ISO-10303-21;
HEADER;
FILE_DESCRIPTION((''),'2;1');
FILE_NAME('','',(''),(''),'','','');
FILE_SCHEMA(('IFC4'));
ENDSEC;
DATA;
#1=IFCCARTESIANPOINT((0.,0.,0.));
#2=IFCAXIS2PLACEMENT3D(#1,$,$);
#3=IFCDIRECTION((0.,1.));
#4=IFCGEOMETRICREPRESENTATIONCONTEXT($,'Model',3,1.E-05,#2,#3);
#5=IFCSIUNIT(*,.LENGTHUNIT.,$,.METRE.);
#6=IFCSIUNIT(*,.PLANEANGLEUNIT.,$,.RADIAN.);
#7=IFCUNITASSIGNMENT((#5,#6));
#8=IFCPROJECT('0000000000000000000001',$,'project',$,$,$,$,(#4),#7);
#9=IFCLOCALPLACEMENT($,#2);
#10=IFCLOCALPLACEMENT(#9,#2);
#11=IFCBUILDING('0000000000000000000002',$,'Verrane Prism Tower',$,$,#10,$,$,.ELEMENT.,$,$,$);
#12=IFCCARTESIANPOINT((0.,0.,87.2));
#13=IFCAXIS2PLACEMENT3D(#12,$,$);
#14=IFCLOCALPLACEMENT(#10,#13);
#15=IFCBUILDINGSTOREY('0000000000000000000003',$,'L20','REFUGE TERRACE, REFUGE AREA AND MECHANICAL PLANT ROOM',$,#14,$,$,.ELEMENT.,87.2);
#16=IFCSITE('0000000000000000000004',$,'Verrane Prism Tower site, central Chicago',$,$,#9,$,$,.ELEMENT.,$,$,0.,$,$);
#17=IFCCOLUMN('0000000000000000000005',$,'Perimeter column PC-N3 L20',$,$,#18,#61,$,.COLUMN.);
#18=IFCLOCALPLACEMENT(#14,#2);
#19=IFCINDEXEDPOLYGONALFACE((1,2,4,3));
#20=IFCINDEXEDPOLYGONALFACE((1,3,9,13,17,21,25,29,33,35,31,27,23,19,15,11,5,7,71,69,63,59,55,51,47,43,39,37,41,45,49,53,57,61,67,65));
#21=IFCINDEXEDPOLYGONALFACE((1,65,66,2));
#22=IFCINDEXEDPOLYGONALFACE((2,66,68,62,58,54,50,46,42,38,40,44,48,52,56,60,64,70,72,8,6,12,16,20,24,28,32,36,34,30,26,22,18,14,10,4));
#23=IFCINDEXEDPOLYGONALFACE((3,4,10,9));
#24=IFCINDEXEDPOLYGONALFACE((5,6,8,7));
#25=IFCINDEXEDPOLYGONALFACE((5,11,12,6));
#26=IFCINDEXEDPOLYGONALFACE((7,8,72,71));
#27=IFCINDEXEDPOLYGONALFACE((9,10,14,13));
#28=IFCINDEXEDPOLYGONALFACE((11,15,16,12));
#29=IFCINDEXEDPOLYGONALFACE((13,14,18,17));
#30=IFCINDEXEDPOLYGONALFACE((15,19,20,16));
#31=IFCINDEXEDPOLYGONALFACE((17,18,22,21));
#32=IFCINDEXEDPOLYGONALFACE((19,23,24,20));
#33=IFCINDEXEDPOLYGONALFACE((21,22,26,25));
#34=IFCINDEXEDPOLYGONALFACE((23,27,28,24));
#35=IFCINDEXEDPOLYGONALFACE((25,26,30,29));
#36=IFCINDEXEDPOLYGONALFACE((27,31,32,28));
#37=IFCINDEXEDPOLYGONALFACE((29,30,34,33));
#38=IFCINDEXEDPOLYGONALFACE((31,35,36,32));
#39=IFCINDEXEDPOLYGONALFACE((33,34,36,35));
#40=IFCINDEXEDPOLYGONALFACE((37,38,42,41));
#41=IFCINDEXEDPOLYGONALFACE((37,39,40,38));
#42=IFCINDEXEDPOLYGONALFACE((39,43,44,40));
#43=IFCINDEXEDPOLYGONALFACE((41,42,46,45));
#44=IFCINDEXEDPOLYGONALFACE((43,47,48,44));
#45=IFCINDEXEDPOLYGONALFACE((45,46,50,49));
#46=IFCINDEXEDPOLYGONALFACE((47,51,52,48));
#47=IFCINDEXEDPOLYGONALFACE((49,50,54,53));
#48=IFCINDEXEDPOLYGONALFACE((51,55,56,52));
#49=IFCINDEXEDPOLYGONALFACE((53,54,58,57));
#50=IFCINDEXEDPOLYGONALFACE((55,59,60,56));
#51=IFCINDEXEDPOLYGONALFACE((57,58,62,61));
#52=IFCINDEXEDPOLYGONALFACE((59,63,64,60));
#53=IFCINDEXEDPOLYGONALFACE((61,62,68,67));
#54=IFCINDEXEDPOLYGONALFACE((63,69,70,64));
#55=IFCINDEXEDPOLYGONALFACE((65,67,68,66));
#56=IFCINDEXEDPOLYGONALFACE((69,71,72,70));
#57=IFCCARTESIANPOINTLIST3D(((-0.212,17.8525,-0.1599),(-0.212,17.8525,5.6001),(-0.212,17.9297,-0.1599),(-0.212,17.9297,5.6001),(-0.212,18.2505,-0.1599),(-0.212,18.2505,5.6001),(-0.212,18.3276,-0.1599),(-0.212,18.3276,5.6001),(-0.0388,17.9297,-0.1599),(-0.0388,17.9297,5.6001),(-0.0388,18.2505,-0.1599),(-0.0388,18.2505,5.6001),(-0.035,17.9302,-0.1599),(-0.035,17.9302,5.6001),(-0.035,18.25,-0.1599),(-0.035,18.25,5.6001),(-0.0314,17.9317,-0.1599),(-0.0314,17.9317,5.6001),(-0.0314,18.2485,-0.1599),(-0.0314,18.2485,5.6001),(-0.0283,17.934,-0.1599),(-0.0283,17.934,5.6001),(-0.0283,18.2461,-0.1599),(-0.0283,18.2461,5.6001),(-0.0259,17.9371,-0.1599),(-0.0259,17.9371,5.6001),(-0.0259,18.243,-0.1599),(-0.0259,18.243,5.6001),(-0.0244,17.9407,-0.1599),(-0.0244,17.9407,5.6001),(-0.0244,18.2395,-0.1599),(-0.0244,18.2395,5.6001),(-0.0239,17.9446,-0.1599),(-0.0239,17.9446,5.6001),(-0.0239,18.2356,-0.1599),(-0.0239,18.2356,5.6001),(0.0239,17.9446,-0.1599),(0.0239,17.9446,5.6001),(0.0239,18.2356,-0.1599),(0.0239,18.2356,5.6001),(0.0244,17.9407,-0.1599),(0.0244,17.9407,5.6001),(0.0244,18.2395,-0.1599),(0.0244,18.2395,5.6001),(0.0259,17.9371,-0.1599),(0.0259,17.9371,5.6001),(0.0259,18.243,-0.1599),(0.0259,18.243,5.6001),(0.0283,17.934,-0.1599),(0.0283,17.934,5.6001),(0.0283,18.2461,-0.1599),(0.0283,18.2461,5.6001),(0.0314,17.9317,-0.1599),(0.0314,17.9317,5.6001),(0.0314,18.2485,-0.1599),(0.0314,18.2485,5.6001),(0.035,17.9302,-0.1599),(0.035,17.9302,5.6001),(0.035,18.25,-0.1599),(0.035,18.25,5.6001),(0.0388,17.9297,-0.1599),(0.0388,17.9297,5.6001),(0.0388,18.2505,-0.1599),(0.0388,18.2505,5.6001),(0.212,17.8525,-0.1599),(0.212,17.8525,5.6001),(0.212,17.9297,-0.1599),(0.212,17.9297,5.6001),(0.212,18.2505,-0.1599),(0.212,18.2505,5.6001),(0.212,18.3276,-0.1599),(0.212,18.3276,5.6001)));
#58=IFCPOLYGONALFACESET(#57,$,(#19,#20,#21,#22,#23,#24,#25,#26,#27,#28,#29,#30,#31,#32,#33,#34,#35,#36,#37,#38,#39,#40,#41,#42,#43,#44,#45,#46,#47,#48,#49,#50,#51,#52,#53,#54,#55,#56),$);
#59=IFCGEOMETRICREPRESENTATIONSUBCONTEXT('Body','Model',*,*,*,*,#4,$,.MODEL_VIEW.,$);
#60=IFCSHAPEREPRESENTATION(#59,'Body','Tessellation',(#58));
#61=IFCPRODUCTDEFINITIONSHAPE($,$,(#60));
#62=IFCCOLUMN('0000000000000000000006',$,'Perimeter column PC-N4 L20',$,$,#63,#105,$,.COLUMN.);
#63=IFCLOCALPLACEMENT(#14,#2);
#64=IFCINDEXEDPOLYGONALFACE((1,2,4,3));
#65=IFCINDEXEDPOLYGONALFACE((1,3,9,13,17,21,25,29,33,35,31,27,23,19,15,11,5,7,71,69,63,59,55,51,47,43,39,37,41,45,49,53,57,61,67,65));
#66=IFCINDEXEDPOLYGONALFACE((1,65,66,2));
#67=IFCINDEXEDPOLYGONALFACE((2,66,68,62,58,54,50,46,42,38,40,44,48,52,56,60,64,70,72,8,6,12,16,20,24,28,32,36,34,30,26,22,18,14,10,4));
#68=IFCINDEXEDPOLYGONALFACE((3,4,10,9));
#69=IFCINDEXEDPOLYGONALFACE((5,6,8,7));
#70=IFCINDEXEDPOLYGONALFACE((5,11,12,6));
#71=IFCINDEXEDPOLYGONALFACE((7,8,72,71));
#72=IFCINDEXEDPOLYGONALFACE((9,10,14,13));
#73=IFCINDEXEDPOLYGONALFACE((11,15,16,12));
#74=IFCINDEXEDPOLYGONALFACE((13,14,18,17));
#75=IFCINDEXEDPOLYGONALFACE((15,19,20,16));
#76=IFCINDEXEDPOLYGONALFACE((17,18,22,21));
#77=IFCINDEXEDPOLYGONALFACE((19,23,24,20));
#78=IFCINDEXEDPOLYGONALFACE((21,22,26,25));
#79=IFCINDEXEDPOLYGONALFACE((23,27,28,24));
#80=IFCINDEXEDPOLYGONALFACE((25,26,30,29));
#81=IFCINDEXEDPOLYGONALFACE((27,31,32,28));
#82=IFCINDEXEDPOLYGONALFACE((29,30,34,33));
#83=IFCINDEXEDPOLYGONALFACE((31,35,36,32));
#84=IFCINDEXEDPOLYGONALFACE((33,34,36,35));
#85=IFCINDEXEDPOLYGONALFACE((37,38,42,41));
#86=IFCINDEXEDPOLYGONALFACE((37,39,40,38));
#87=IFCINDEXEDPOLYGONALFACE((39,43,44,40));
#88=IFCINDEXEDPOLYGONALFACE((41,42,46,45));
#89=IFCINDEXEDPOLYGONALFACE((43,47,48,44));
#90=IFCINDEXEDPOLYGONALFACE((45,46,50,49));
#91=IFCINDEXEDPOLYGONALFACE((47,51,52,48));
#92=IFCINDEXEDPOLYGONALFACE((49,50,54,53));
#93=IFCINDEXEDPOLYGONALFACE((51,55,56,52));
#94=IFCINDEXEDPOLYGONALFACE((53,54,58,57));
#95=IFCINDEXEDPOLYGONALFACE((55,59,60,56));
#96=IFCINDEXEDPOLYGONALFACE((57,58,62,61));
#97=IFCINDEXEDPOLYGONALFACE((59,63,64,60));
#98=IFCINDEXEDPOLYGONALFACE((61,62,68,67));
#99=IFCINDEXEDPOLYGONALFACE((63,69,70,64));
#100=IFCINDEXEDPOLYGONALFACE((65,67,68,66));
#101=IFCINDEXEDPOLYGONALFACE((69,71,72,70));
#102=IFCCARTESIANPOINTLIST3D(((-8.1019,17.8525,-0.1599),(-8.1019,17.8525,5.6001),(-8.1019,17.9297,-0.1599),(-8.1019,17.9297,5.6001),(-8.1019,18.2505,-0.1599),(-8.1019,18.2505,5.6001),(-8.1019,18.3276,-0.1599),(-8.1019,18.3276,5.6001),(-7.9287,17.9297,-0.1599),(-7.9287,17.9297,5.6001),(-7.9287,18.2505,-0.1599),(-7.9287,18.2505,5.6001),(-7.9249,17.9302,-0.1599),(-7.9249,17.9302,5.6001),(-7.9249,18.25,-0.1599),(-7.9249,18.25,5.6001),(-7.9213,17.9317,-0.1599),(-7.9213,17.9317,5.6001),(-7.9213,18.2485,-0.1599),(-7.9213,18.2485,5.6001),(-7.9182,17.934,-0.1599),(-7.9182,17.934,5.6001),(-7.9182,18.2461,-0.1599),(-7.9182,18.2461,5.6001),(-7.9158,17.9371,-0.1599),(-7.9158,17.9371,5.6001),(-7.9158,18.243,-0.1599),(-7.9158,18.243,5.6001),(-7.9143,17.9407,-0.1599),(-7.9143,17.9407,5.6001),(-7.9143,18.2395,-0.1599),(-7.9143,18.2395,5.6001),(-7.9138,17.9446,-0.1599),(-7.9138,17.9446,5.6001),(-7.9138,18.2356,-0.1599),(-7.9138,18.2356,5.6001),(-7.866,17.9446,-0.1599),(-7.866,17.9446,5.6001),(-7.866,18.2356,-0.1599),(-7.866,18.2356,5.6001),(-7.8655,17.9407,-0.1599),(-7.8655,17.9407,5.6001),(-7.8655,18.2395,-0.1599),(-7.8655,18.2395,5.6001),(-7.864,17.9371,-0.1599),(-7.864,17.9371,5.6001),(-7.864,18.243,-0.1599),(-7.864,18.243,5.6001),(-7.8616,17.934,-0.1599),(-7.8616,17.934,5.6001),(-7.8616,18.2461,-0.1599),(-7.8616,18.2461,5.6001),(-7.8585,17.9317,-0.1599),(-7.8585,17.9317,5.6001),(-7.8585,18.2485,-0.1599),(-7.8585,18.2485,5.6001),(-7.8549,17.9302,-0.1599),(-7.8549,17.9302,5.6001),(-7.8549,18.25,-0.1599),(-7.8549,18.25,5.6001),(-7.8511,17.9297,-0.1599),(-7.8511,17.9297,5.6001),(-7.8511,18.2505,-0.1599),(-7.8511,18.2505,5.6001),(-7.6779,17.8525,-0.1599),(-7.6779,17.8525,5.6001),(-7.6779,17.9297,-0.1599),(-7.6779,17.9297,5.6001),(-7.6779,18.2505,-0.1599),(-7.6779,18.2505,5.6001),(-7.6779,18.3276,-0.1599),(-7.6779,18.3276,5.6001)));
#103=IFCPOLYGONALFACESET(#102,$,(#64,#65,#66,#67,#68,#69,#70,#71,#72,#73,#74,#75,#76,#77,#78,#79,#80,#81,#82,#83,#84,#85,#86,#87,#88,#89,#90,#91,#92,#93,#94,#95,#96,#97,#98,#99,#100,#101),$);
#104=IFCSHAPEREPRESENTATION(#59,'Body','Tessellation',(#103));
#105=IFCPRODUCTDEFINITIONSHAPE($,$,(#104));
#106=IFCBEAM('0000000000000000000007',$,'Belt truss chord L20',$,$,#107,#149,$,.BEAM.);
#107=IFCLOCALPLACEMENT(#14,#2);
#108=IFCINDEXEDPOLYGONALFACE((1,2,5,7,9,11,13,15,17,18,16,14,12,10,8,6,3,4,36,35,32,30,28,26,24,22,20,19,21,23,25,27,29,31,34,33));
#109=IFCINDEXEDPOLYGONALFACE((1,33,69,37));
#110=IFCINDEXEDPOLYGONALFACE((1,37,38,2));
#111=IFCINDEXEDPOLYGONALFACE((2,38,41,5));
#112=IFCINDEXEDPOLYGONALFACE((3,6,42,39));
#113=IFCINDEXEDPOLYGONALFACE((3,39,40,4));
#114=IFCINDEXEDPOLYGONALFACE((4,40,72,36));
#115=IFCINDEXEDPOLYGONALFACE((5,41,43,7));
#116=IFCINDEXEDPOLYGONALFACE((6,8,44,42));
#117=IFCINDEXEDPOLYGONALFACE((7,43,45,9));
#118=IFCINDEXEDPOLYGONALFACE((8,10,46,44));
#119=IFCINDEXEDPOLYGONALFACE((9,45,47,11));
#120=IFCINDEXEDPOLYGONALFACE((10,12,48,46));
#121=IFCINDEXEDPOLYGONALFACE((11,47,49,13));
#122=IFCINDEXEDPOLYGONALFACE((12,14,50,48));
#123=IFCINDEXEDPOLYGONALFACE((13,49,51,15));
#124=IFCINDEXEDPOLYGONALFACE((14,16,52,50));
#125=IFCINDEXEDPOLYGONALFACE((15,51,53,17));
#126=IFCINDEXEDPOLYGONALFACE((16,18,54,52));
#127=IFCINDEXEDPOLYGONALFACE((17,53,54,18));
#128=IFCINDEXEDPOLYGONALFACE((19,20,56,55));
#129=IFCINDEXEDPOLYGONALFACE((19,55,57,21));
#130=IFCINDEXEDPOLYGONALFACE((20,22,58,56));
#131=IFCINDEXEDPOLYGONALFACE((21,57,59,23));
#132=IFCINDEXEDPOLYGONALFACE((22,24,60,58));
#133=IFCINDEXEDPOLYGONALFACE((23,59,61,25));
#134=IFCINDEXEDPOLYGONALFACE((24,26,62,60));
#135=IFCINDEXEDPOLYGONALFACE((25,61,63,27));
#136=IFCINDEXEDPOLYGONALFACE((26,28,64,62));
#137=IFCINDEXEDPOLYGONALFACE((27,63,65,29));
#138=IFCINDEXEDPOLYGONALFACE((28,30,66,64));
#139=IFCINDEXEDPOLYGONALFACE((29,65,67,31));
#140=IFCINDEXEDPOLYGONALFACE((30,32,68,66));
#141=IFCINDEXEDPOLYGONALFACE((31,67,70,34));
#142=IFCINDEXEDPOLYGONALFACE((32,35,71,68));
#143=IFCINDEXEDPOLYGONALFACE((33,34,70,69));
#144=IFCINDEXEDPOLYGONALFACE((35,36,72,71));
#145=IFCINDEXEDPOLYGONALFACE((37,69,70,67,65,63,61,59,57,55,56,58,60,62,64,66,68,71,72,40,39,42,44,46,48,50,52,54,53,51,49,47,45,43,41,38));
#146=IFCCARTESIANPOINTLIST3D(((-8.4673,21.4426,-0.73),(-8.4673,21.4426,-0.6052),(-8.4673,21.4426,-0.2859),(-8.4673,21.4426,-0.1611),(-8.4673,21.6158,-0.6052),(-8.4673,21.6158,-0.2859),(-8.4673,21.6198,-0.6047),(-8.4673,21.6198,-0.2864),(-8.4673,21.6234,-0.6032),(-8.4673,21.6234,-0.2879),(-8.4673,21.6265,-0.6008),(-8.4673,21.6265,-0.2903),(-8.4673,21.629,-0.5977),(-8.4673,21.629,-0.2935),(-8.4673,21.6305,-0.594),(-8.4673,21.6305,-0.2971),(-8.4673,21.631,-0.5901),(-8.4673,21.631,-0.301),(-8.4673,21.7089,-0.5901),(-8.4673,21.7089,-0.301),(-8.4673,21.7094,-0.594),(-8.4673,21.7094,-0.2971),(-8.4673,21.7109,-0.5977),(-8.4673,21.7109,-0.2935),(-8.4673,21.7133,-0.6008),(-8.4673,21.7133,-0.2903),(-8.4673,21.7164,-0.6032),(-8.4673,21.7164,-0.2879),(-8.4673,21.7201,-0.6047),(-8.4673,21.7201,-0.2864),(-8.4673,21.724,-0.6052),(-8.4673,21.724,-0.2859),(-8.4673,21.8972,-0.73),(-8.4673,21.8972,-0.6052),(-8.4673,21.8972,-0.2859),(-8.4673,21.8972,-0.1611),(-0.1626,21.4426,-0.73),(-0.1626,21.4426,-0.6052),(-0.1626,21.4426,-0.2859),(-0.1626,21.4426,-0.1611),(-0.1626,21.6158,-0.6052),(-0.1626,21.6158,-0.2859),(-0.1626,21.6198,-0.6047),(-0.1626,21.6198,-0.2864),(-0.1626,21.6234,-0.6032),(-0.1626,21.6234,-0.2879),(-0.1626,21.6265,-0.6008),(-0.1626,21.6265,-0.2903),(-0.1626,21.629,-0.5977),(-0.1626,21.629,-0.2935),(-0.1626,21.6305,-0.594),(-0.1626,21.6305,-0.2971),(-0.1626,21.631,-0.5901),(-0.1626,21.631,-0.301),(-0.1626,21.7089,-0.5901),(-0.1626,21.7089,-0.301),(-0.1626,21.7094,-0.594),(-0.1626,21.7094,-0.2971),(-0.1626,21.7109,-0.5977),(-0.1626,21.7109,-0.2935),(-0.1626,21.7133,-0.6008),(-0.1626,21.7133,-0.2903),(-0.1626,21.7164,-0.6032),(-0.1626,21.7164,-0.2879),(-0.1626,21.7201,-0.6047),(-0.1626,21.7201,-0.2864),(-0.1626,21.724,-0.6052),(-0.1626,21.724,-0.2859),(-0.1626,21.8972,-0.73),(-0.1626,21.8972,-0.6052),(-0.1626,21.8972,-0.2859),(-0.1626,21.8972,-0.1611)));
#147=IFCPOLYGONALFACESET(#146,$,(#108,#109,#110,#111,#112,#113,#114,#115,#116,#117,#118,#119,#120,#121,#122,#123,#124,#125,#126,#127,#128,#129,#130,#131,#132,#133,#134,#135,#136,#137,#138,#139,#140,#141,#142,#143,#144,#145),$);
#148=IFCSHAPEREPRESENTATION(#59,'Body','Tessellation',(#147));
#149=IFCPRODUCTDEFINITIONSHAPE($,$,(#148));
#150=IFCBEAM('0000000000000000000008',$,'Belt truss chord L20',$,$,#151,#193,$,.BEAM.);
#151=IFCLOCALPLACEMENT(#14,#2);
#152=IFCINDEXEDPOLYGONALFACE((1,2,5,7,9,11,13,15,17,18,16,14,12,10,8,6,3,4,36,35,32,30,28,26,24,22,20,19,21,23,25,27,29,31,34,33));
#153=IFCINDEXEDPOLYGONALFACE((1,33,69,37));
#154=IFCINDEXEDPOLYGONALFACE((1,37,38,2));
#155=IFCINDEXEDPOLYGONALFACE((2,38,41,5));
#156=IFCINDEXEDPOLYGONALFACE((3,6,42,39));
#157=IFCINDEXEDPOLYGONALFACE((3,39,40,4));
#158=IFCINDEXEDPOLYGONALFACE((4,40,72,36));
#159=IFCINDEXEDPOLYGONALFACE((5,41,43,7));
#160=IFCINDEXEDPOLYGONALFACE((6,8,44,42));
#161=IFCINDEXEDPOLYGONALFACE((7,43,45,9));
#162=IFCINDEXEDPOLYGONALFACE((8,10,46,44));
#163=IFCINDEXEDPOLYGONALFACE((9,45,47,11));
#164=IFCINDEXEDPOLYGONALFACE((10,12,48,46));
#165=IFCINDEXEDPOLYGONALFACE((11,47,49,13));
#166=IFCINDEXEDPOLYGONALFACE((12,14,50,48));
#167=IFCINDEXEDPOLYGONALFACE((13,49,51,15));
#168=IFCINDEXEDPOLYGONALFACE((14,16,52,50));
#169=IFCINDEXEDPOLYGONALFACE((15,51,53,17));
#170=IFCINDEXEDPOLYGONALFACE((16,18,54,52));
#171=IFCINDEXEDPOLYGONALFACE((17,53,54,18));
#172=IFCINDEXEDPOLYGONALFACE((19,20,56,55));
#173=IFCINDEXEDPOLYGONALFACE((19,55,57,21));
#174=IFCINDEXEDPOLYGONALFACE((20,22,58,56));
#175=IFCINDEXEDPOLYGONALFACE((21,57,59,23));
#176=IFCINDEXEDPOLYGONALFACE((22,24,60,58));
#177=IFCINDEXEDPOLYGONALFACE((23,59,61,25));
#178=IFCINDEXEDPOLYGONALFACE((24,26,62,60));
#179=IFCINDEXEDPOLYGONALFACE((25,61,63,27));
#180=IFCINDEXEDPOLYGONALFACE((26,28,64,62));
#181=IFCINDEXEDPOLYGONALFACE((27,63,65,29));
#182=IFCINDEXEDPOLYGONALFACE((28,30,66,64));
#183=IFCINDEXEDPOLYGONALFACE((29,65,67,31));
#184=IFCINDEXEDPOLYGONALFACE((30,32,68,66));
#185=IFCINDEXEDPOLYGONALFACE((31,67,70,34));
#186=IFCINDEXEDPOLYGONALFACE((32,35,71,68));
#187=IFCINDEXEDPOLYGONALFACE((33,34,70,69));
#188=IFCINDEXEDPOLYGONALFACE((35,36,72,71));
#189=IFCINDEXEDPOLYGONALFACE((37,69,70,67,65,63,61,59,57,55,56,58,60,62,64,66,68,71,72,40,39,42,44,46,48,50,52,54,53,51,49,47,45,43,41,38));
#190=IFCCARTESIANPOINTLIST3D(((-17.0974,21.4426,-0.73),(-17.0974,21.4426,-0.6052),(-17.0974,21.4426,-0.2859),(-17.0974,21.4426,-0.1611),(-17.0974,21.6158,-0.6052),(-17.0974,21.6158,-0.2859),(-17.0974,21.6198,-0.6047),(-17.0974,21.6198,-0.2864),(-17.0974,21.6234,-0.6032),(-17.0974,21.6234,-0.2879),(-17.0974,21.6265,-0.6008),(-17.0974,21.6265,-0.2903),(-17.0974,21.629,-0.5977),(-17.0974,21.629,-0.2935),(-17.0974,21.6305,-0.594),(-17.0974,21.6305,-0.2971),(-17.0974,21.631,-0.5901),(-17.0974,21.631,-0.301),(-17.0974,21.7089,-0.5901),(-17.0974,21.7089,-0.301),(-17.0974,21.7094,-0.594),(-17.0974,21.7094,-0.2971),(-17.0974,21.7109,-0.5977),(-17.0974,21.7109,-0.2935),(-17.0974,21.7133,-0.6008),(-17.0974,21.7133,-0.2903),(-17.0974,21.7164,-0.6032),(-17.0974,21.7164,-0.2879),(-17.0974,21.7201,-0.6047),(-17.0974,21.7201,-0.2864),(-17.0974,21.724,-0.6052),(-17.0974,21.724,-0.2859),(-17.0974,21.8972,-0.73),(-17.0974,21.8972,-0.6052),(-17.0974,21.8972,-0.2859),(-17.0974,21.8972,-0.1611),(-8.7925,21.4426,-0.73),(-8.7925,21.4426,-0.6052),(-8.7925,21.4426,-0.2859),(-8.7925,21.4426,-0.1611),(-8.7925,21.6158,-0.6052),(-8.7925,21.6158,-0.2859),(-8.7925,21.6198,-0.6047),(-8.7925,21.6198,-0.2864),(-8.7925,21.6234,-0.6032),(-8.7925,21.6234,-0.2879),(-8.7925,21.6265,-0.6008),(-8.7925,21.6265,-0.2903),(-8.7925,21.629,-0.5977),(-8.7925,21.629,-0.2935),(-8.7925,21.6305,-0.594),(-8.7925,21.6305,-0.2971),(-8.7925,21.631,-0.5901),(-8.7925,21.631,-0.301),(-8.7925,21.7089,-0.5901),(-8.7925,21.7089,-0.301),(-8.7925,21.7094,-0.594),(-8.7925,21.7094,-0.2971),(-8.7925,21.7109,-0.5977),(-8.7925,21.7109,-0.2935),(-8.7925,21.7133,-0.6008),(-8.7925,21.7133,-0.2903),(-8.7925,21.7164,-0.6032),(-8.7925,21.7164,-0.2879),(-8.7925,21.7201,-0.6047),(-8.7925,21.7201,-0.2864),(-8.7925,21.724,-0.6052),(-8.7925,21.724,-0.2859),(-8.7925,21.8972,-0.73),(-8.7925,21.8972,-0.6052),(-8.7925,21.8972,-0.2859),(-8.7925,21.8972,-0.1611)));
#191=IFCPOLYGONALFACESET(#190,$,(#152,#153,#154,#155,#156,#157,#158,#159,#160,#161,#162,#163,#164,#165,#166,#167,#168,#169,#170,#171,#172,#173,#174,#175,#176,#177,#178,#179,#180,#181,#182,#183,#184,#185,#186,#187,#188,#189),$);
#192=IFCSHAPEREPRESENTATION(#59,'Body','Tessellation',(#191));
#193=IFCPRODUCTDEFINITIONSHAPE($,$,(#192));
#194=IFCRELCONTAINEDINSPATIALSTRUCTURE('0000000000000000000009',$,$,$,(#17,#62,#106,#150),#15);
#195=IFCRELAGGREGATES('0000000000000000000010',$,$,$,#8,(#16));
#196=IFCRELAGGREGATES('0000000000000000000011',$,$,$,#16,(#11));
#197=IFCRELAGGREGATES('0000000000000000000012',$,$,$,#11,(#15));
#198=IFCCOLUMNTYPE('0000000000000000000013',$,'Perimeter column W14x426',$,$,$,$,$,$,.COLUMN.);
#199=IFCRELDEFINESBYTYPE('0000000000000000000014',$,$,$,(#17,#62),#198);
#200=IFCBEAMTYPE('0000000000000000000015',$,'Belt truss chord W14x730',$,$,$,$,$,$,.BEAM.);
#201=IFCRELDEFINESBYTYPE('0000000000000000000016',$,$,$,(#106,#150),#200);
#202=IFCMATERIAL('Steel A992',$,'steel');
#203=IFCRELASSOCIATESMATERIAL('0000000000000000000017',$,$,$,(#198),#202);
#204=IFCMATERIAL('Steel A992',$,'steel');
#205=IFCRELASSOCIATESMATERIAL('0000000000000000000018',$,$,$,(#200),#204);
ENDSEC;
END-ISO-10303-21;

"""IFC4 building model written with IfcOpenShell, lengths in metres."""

from ifc_helpers import new_model, si_unit, direction, frame, origin, origin_2d, place, context, subcontext, project, spatial, i_section, extrude, material, material_profile, profile_set, type_object, element, save


model = new_model("IFC4")

# Units and contexts
model_context = context("Model", 3, precision=1e-05, world=origin(), true_north=direction((0.0, 1.0)))
body_context = subcontext(model_context, "Body", "Model", "MODEL_VIEW")
ifc_project = project(units=[si_unit("LENGTHUNIT", "METRE"), si_unit("PLANEANGLEUNIT", "RADIAN")], contexts=[model_context])

# Site, building, storey
site_placement = place(None, origin())
site = spatial("IfcSite", under=ifc_project, at=site_placement, Name="Verrane Prism Tower site, central Chicago", CompositionType="ELEMENT", RefElevation=0.0)
building_placement = place(site_placement, origin())
building = spatial("IfcBuilding", under=site, at=building_placement, Name="Verrane Prism Tower", CompositionType="ELEMENT")
storey_placement = place(building_placement, frame((0.0, 0.0, 87.2)))
storey = spatial("IfcBuildingStorey", under=building, at=storey_placement, Name="L20", Description="REFUGE TERRACE, REFUGE AREA AND MECHANICAL PLANT ROOM", CompositionType="ELEMENT", Elevation=87.2)

# Columns
ifc_material_1 = material(Name="Steel A992", Category="steel")
ifc_material_profile_1 = material_profile(ifc_material_1, i_section(OverallWidth=0.4241, OverallDepth=0.4751, WebThickness=0.0479, FlangeThickness=0.0771, FilletRadius=0.0149, at=origin_2d()), Name="W14x426")
ifc_profile_set_1 = profile_set([ifc_material_profile_1], Name="Steel A992")
column_type_1 = type_object("IfcColumnType", Name="Perimeter column W14x426", PredefinedType="COLUMN", material=ifc_profile_set_1)
for number, where, z_axis, x_axis, name in (
    (1, (0.0, 18.0901, -0.1599), (0.0, 0.0, 1.0), (1.0, 0.0, 0.0), "Perimeter column PC-N3 L20"),
    (2, (-7.8899, 18.0901, -0.1599), (0.0, 0.0, 1.0), (1.0, 0.0, 0.0), "Perimeter column PC-N4 L20"),
):
    element("IfcColumn", number, at=place(storey_placement, frame(where, z_axis=z_axis, x_axis=x_axis)), inside=storey, type_object=column_type_1, Name=name, PredefinedType="COLUMN", context=body_context, shape_type="SweptSolid", body=[
        extrude(i_section(OverallWidth=0.4241, OverallDepth=0.4751, WebThickness=0.0479, FlangeThickness=0.0771, FilletRadius=0.0149, at=origin_2d()), origin(), (0.0, 0.0, 1.0), 5.76),
    ])

# Beams
ifc_material_2 = material(Name="Steel A992", Category="steel")
ifc_material_profile_2 = material_profile(ifc_material_2, i_section(OverallWidth=0.4546, OverallDepth=0.5688, WebThickness=0.0779, FlangeThickness=0.1248, FilletRadius=0.0151, at=origin_2d()), Name="W14x730")
ifc_profile_set_2 = profile_set([ifc_material_profile_2], Name="Steel A992")
beam_type_1 = type_object("IfcBeamType", Name="Belt truss chord W14x730", PredefinedType="BEAM", material=ifc_profile_set_2)
beam_1_placement = place(storey_placement, frame((-0.1626, 21.6699, -0.4456), z_axis=(-1.0, 0.0, 0.0), x_axis=(0.0, -1.0, 0.0)))
element("IfcBeam", 3, at=beam_1_placement, inside=storey, type_object=beam_type_1, Name="Belt truss chord L20", PredefinedType="BEAM", context=body_context, shape_type="SweptSolid", body=[
    extrude(i_section(OverallWidth=0.4546, OverallDepth=0.5688, WebThickness=0.0779, FlangeThickness=0.1248, FilletRadius=0.0151, at=origin_2d()), origin(), (0.0, 0.0, 1.0), 8.3047),
])
beam_2_placement = place(storey_placement, frame((-8.7925, 21.6699, -0.4456), z_axis=(-1.0, 0.0, 0.0), x_axis=(0.0, -1.0, 0.0)))
element("IfcBeam", 4, at=beam_2_placement, inside=storey, type_object=beam_type_1, Name="Belt truss chord L20", PredefinedType="BEAM", context=body_context, shape_type="SweptSolid", body=[
    extrude(i_section(OverallWidth=0.4546, OverallDepth=0.5688, WebThickness=0.0779, FlangeThickness=0.1248, FilletRadius=0.0151, at=origin_2d()), origin(), (0.0, 0.0, 1.0), 8.3049),
])

save(model, "model.ifc")
